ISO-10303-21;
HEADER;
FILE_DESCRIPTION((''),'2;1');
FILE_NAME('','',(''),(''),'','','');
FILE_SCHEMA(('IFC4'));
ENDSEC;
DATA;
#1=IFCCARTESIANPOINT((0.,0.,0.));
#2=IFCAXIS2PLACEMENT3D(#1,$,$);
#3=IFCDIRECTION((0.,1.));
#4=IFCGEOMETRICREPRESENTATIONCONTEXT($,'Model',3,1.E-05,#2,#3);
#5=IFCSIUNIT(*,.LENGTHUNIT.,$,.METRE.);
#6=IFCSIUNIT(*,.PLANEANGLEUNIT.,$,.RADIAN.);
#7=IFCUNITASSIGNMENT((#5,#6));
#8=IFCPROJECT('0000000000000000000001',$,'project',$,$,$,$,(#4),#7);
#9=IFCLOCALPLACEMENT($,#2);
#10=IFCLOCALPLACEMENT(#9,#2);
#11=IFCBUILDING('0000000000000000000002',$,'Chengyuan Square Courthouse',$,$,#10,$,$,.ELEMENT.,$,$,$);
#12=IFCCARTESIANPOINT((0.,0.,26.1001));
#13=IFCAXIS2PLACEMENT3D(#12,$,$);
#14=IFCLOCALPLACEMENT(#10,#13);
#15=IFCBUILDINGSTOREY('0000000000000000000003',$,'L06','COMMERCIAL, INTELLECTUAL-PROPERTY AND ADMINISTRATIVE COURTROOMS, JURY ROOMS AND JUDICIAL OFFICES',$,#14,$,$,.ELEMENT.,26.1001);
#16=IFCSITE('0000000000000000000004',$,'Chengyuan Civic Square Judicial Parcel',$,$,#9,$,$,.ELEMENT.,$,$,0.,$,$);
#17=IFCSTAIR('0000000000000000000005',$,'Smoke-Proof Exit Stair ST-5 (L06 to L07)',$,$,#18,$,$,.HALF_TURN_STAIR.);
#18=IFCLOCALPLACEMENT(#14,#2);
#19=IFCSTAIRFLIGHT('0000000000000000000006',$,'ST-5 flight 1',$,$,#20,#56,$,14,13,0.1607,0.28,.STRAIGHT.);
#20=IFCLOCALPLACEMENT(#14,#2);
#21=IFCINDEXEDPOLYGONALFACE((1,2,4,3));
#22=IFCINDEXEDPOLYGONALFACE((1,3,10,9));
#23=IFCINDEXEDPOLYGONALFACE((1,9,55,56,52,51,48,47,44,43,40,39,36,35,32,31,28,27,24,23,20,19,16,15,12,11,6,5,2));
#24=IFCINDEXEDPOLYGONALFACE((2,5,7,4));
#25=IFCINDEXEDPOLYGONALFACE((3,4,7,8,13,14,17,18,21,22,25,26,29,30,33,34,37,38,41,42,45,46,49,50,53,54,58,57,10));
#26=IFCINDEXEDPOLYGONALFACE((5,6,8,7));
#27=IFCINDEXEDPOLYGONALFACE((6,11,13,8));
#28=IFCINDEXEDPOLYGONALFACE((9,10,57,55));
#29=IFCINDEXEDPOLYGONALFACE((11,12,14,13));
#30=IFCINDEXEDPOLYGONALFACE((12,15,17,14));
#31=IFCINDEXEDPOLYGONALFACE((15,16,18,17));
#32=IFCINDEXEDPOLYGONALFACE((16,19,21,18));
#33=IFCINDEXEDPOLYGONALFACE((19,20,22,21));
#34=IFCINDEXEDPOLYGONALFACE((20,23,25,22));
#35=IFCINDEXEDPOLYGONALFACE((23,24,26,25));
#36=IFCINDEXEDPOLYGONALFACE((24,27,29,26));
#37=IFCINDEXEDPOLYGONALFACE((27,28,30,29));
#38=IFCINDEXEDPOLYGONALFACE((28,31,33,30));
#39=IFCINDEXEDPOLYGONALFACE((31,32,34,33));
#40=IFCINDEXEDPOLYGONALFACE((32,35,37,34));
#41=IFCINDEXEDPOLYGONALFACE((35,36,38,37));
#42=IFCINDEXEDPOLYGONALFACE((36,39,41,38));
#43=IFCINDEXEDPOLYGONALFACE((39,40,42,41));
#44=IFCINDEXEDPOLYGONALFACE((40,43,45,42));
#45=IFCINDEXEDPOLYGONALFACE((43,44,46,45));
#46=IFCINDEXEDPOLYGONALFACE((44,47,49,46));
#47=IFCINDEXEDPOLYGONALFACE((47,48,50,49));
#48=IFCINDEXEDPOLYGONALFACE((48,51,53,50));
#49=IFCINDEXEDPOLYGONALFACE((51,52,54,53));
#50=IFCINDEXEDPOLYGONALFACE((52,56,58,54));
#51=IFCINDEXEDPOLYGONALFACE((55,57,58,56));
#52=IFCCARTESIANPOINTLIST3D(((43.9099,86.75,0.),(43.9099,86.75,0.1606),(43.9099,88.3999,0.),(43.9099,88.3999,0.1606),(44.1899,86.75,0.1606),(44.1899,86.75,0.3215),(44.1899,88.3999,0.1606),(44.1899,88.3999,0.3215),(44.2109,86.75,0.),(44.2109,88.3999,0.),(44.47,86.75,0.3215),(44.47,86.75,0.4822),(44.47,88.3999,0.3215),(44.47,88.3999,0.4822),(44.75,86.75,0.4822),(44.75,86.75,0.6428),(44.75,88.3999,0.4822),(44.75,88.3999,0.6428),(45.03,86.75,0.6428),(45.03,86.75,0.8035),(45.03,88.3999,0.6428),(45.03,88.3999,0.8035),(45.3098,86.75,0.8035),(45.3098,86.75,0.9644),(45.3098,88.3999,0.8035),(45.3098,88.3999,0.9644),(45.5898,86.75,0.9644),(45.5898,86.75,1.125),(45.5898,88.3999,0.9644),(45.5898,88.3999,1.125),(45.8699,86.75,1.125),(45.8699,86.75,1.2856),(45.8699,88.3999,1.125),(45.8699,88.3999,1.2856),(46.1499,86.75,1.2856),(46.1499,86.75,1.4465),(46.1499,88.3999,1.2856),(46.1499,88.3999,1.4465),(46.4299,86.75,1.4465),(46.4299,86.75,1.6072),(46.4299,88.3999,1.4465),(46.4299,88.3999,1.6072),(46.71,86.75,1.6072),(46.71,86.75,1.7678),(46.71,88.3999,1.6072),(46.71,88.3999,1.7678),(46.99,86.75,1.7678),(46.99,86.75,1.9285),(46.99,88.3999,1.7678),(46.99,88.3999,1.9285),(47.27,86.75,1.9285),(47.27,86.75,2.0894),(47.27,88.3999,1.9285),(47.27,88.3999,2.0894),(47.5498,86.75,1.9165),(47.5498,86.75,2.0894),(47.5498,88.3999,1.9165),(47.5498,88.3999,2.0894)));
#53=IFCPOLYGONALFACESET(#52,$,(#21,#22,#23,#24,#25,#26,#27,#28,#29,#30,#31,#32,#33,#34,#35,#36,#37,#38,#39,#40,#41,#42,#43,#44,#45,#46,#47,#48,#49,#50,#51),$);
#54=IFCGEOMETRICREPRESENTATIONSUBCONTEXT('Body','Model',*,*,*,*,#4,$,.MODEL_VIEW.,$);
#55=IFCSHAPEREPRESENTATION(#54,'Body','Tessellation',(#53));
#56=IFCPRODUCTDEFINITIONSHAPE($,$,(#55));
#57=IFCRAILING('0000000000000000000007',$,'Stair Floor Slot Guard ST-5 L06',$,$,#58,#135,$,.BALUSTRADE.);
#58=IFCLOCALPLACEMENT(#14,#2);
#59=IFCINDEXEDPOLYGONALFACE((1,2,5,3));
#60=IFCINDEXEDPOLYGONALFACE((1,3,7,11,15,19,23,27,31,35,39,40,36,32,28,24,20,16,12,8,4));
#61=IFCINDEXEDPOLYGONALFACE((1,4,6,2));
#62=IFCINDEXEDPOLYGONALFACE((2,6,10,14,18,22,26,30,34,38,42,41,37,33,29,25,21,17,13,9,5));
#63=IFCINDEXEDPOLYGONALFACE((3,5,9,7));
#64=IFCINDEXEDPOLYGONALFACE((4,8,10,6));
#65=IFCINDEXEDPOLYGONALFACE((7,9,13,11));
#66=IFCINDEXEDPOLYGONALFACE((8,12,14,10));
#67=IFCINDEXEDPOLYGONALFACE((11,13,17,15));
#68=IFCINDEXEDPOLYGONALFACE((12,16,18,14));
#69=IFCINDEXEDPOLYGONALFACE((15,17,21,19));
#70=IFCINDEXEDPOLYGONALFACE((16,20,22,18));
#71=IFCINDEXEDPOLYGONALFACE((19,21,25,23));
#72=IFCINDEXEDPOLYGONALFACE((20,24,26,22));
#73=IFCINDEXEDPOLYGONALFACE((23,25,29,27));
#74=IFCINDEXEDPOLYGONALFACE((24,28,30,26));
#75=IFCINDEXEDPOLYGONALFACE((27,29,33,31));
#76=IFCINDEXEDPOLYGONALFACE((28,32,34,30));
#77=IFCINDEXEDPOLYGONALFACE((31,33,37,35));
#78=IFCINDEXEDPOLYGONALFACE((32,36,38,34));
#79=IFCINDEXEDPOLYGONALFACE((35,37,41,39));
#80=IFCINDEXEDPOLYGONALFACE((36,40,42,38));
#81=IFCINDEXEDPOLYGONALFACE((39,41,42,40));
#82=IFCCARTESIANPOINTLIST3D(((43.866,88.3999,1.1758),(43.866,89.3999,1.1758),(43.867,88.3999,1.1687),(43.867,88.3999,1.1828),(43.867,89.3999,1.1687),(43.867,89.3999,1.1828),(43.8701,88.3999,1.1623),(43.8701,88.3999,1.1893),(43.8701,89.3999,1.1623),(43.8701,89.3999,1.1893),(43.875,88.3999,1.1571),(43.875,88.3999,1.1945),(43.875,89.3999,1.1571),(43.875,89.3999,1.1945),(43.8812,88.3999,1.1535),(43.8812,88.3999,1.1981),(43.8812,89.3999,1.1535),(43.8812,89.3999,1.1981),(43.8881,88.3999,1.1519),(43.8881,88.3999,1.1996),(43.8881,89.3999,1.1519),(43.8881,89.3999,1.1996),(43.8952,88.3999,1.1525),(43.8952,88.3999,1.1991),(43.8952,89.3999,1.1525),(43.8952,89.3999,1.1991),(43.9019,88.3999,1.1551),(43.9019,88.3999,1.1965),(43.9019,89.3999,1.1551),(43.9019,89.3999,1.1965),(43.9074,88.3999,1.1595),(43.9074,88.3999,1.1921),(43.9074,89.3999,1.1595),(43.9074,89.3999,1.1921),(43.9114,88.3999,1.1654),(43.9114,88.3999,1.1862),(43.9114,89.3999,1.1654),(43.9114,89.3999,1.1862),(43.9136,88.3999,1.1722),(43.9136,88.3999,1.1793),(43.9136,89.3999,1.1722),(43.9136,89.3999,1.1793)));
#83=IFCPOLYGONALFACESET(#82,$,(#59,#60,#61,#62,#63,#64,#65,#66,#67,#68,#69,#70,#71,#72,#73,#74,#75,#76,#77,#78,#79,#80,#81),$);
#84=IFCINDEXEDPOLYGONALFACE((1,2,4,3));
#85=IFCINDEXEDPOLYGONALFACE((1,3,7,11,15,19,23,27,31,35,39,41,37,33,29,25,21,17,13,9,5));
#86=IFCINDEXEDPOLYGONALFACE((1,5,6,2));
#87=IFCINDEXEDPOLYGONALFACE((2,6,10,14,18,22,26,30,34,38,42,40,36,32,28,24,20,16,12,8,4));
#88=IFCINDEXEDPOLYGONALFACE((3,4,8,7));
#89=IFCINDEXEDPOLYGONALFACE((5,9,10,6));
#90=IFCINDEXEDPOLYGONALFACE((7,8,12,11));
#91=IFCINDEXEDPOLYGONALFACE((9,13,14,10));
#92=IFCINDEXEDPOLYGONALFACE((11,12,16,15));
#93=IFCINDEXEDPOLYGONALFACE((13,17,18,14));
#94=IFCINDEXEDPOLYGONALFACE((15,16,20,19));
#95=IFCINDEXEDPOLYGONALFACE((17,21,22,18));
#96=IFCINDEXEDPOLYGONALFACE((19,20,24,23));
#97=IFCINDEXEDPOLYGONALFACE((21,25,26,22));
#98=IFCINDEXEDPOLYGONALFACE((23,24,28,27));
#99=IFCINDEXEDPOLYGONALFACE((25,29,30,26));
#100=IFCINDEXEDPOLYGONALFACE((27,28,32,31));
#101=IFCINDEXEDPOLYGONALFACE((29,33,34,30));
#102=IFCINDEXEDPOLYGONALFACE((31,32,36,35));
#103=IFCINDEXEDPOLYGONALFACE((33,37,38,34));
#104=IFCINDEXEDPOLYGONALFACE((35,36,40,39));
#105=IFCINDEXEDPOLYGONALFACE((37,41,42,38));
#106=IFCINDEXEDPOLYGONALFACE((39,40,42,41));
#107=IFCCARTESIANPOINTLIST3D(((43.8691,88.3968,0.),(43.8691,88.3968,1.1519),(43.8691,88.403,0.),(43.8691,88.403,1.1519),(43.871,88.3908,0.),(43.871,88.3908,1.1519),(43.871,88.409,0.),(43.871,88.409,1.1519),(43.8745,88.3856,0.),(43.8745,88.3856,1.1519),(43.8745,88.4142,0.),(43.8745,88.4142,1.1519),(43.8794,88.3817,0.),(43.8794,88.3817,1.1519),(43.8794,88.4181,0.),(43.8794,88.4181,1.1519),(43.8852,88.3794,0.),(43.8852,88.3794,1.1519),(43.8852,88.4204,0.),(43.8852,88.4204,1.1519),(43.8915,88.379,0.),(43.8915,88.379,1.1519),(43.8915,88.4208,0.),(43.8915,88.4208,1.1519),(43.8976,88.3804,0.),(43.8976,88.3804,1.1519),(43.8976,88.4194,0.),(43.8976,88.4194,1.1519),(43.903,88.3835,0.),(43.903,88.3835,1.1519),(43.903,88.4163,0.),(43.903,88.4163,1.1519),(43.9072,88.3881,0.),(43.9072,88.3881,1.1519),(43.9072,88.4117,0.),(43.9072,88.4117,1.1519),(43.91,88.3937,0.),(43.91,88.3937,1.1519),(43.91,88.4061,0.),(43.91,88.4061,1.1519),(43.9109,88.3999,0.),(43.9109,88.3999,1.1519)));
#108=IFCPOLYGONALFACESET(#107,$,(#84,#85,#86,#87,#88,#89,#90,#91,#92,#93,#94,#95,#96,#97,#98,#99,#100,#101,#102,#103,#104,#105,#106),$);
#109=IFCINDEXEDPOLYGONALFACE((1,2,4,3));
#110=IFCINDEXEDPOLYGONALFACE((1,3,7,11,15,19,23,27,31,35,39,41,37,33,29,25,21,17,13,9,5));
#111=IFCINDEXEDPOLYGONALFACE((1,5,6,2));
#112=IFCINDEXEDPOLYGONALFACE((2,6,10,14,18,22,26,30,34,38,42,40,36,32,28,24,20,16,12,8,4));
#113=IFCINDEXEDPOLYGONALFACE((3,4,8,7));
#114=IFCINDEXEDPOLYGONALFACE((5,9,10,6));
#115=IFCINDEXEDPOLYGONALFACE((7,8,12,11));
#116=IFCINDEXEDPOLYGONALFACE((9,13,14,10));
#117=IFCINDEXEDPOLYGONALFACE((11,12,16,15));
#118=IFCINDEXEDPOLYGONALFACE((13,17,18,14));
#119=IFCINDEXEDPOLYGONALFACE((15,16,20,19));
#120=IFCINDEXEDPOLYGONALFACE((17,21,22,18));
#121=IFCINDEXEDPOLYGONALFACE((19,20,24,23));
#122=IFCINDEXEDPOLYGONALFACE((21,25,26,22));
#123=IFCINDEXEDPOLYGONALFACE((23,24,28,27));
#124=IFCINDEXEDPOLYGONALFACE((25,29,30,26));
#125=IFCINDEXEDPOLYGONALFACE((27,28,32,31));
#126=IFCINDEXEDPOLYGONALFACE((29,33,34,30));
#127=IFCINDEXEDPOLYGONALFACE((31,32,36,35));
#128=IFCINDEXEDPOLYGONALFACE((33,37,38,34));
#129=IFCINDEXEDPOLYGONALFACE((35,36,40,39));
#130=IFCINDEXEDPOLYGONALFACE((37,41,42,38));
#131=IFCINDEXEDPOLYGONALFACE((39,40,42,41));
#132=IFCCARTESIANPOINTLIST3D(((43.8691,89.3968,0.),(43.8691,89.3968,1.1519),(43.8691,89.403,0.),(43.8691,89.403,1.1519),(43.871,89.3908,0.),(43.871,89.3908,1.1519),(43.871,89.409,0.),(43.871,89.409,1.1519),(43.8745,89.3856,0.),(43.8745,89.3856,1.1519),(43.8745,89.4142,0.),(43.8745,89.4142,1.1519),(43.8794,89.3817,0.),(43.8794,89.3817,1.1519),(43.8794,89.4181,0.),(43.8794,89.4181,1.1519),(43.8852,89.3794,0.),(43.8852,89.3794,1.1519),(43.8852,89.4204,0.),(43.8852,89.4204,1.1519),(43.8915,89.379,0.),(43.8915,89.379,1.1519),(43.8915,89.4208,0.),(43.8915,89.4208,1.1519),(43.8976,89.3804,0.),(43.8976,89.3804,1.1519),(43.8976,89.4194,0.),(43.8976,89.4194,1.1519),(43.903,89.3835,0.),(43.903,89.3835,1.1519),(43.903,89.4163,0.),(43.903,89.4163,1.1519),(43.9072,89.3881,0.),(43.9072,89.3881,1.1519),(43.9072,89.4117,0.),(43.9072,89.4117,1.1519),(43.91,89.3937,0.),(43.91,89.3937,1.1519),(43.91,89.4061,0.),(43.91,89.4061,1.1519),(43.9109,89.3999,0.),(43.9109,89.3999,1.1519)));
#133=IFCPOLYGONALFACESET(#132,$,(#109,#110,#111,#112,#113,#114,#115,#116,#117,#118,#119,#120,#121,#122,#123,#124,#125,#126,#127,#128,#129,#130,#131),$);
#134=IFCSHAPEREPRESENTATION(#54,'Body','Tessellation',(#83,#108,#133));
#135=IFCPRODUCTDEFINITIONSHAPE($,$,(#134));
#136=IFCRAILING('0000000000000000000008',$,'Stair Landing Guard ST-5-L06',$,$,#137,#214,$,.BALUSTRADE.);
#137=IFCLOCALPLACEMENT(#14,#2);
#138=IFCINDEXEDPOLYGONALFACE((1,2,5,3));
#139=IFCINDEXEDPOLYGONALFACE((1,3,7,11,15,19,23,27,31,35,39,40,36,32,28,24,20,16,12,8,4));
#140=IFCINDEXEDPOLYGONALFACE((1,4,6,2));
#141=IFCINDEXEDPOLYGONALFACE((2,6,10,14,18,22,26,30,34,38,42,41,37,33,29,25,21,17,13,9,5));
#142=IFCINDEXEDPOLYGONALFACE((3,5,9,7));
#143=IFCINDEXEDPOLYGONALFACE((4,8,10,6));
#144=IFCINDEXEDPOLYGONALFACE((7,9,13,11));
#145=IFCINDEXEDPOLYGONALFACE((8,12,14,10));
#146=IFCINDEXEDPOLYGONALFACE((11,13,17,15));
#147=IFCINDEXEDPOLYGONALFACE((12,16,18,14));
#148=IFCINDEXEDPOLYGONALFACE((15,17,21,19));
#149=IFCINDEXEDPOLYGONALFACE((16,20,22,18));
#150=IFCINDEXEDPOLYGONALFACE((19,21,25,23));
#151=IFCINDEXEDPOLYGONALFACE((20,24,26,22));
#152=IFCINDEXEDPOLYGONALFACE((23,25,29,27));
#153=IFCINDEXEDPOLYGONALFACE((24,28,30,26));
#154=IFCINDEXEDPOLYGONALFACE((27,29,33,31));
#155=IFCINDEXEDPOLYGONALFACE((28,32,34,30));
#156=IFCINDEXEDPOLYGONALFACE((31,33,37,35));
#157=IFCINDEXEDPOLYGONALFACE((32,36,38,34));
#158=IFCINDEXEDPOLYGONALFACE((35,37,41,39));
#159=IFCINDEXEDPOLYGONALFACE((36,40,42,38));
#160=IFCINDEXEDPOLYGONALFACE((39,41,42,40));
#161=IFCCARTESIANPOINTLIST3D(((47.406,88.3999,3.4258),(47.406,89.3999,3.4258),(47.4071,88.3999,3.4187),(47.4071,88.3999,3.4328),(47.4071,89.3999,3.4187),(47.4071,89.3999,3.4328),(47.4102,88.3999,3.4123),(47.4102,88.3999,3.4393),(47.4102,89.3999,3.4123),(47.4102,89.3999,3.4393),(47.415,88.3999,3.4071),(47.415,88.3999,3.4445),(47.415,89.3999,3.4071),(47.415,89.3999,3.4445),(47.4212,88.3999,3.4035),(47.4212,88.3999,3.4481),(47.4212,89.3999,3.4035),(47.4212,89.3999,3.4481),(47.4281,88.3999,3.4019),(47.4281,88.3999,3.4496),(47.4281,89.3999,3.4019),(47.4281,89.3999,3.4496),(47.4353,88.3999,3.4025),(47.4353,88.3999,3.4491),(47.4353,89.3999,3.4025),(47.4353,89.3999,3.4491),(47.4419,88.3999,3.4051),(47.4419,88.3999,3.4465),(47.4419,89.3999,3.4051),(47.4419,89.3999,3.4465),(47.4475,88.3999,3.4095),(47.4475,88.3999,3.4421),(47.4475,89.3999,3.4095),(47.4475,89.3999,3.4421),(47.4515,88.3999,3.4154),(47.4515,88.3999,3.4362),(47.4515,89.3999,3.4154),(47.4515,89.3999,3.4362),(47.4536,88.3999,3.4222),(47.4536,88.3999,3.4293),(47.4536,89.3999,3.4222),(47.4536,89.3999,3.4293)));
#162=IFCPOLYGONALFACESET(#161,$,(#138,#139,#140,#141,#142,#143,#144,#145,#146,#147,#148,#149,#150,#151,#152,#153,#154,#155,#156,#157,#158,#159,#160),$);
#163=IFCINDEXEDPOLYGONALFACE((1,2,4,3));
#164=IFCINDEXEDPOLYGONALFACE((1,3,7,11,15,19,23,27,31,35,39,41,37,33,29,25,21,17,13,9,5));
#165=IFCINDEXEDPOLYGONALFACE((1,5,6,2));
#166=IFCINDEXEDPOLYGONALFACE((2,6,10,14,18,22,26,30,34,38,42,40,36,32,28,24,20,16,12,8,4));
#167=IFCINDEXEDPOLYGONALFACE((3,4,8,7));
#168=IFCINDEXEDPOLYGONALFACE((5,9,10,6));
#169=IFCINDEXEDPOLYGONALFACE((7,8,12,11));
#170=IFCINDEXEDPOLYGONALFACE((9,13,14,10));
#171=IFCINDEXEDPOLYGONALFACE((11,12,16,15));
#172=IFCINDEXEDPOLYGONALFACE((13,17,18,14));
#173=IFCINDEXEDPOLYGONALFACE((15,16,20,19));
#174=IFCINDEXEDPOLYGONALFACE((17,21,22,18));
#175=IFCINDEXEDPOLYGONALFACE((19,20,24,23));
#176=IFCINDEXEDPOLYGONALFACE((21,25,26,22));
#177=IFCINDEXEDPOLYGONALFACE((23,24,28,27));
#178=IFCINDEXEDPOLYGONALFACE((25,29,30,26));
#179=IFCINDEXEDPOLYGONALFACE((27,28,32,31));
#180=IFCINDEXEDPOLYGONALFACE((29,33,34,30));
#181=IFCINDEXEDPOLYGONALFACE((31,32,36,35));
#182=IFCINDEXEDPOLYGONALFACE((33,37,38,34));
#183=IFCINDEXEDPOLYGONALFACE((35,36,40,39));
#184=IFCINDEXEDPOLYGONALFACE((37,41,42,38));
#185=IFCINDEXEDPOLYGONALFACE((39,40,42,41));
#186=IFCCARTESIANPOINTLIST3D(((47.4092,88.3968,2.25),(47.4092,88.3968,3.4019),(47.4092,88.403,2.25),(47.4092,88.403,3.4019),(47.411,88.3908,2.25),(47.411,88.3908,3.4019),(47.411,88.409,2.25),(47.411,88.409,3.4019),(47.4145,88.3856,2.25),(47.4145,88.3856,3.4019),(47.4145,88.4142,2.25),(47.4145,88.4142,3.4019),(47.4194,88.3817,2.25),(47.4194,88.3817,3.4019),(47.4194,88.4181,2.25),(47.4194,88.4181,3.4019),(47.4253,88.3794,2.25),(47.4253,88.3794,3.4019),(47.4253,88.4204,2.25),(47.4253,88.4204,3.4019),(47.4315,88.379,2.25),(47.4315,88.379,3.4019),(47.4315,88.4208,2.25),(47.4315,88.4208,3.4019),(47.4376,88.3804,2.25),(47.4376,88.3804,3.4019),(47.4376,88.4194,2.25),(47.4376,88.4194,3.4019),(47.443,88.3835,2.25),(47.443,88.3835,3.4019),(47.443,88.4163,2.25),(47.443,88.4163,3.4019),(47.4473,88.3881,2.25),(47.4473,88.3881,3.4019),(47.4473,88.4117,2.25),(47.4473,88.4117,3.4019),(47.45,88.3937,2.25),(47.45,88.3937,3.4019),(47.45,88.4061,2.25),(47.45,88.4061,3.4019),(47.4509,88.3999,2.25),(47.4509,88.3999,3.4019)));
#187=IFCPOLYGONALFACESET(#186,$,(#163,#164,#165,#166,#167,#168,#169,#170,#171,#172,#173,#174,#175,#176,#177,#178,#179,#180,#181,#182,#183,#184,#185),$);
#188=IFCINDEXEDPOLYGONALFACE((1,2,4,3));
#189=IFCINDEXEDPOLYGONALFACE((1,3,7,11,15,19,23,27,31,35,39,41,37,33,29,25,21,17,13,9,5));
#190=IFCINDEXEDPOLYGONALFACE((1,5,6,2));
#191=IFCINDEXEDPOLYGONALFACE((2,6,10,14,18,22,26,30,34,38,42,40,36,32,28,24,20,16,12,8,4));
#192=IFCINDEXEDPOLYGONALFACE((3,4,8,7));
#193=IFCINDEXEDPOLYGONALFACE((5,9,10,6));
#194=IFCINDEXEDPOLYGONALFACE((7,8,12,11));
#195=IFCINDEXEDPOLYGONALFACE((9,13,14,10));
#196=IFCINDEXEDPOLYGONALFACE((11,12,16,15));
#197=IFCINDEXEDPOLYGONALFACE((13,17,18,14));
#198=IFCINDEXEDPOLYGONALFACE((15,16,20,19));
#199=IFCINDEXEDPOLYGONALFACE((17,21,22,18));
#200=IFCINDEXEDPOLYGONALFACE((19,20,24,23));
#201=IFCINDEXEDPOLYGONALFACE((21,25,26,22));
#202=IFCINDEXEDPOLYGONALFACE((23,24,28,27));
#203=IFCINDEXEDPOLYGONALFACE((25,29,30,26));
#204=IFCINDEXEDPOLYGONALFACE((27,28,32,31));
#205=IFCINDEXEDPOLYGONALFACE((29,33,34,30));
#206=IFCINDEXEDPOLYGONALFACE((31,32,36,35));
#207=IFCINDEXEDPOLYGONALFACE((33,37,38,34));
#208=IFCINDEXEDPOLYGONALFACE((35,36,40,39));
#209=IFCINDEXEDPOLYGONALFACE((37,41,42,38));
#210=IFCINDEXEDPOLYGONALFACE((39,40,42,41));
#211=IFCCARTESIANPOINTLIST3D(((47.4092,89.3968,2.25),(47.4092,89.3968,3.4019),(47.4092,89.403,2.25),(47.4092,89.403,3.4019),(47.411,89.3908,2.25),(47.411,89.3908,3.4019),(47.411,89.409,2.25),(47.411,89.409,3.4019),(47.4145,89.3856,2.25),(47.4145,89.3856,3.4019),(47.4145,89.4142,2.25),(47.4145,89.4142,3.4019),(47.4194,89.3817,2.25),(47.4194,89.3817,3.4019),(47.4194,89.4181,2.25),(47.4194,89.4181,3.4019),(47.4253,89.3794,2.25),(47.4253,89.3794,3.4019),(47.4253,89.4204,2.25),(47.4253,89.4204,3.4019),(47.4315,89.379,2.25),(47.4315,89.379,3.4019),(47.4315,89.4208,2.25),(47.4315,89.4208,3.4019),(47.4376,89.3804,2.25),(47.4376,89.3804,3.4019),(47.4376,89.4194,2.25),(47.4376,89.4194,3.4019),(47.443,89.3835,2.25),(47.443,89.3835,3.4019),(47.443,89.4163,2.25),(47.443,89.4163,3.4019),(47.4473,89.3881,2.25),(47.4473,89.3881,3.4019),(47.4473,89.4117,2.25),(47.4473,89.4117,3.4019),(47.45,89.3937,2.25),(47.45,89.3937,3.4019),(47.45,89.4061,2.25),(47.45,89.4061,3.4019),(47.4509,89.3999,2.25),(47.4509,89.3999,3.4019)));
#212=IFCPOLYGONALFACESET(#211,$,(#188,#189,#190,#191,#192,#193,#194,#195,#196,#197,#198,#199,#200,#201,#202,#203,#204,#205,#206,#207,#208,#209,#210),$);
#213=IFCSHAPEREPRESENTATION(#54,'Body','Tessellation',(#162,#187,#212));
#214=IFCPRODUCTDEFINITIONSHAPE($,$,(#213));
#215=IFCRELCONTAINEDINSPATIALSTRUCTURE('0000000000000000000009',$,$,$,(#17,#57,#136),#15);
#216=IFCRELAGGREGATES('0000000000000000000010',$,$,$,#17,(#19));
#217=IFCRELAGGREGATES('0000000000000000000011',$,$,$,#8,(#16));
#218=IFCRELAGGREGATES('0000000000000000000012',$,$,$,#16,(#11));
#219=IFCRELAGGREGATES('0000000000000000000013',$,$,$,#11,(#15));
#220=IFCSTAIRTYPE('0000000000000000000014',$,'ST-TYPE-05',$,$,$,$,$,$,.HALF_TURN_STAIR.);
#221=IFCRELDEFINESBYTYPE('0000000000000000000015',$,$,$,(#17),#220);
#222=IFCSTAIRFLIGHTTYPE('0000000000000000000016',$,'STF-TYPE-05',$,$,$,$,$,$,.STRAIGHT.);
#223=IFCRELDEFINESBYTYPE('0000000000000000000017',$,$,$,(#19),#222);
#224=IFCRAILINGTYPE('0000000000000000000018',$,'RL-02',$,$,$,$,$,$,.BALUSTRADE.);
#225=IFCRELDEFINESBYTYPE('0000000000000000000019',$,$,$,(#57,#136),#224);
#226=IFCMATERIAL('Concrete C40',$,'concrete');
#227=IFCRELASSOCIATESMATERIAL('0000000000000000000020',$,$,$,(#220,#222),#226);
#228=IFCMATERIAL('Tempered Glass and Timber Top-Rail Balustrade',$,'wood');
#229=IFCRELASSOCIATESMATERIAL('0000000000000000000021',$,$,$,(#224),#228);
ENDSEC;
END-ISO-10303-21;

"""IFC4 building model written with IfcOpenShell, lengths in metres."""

from ifc_helpers import new_model, si_unit, direction, frame, origin, origin_2d, place, context, subcontext, project, spatial, polyline, circle, outline, extrude, material, type_object, element, aggregate, save


model = new_model("IFC4")

# Units and contexts
model_context = context("Model", 3, precision=1e-05, world=origin(), true_north=direction((0.0, 1.0)))
body_context = subcontext(model_context, "Body", "Model", "MODEL_VIEW")
ifc_project = project(units=[si_unit("LENGTHUNIT", "METRE"), si_unit("PLANEANGLEUNIT", "RADIAN")], contexts=[model_context])

# Site, building, storey
site_placement = place(None, origin())
site = spatial("IfcSite", under=ifc_project, at=site_placement, Name="Chengyuan Civic Square Judicial Parcel", CompositionType="ELEMENT", RefElevation=0.0)
building_placement = place(site_placement, origin())
building = spatial("IfcBuilding", under=site, at=building_placement, Name="Chengyuan Square Courthouse", CompositionType="ELEMENT")
storey_placement = place(building_placement, frame((0.0, 0.0, 26.1001)))
storey = spatial("IfcBuildingStorey", under=building, at=storey_placement, Name="L06", Description="COMMERCIAL, INTELLECTUAL-PROPERTY AND ADMINISTRATIVE COURTROOMS, JURY ROOMS AND JUDICIAL OFFICES", CompositionType="ELEMENT", Elevation=26.1001)

# Shared definitions
ifc_material_1 = material(Name="Concrete C40", Category="concrete")

# Stair, stair flight
stair_type = type_object("IfcStairType", Name="ST-TYPE-05", PredefinedType="HALF_TURN_STAIR", material=ifc_material_1)
stair_placement = place(storey_placement, origin())
stair = element("IfcStair", 1, at=stair_placement, inside=storey, type_object=stair_type, Name="Smoke-Proof Exit Stair ST-5 (L06 to L07)", PredefinedType="HALF_TURN_STAIR")
stair_flight_type = type_object("IfcStairFlightType", Name="STF-TYPE-05", PredefinedType="STRAIGHT", material=ifc_material_1)
stair_flight_placement = place(storey_placement, frame((43.9099, 87.575, 0.0), z_axis=(0.0, 0.0, 1.0), x_axis=(1.0, 0.0, 0.0)))
stair_flight = element("IfcStairFlight", 2, at=stair_flight_placement, type_object=stair_flight_type, Name="ST-5 flight 1", NumberOfRisers=14, NumberOfTreads=13, PredefinedType="STRAIGHT", RiserHeight=0.1607, TreadLength=0.28, context=body_context, shape_type="SweptSolid", body=[
    extrude(outline(polyline([(0.0, 0.0), (0.0, 0.1606), (0.28, 0.1606), (0.28, 0.3215), (0.5601, 0.3215), (0.5601, 0.4822), (0.8401, 0.4822), (0.8401, 0.6428), (1.1201, 0.6428), (1.1201, 0.8035), (1.3999, 0.8035), (1.3999, 0.9644), (1.6799, 0.9644), (1.6799, 1.125), (1.96, 1.125), (1.96, 1.2856), (2.24, 1.2856), (2.24, 1.4465), (2.52, 1.4465), (2.52, 1.6072), (2.8, 1.6072), (2.8, 1.7678), (3.0801, 1.7678), (3.0801, 1.9285), (3.3601, 1.9285), (3.3601, 2.0894), (3.6399, 2.0894), (3.6399, 2.25), (3.6399, 1.9165), (0.301, 0.0), (0.0, 0.0)])), frame((0.0, 0.825, 0.0), z_axis=(0.0, -1.0, 0.0), x_axis=(1.0, 0.0, 0.0)), (0.0, 0.0, 1.0), 1.6499),
])
aggregate(stair, [stair_flight])

# Railings
ifc_material_2 = material(Name="Tempered Glass and Timber Top-Rail Balustrade", Category="wood")
railing_type_1 = type_object("IfcRailingType", Name="RL-02", PredefinedType="BALUSTRADE", material=ifc_material_2)
for number, where, name in (
    (3, (43.8899, 88.3999, 0.0), "Stair Floor Slot Guard ST-5 L06"),
    (4, (47.4299, 88.3999, 2.25), "Stair Landing Guard ST-5-L06"),
):
    element("IfcRailing", number, at=place(storey_placement, frame(where)), inside=storey, type_object=railing_type_1, Name=name, PredefinedType="BALUSTRADE", context=body_context, shape_type="SweptSolid", body=[
        extrude(circle(Radius=0.0239, at=origin_2d()), frame((0.0, 0.0, 1.1758), z_axis=(0.0, 1.0, 0.0), x_axis=(-1.0, 0.0, 0.0)), (0.0, 0.0, 1.0), 1.0),
        extrude(circle(Radius=0.021, at=origin_2d()), origin(), (0.0, 0.0, 1.0), 1.1519),
        extrude(circle(Radius=0.021, at=origin_2d()), frame((0.0, 1.0, 0.0)), (0.0, 0.0, 1.0), 1.1519),
    ])

save(model, "model.ifc")
